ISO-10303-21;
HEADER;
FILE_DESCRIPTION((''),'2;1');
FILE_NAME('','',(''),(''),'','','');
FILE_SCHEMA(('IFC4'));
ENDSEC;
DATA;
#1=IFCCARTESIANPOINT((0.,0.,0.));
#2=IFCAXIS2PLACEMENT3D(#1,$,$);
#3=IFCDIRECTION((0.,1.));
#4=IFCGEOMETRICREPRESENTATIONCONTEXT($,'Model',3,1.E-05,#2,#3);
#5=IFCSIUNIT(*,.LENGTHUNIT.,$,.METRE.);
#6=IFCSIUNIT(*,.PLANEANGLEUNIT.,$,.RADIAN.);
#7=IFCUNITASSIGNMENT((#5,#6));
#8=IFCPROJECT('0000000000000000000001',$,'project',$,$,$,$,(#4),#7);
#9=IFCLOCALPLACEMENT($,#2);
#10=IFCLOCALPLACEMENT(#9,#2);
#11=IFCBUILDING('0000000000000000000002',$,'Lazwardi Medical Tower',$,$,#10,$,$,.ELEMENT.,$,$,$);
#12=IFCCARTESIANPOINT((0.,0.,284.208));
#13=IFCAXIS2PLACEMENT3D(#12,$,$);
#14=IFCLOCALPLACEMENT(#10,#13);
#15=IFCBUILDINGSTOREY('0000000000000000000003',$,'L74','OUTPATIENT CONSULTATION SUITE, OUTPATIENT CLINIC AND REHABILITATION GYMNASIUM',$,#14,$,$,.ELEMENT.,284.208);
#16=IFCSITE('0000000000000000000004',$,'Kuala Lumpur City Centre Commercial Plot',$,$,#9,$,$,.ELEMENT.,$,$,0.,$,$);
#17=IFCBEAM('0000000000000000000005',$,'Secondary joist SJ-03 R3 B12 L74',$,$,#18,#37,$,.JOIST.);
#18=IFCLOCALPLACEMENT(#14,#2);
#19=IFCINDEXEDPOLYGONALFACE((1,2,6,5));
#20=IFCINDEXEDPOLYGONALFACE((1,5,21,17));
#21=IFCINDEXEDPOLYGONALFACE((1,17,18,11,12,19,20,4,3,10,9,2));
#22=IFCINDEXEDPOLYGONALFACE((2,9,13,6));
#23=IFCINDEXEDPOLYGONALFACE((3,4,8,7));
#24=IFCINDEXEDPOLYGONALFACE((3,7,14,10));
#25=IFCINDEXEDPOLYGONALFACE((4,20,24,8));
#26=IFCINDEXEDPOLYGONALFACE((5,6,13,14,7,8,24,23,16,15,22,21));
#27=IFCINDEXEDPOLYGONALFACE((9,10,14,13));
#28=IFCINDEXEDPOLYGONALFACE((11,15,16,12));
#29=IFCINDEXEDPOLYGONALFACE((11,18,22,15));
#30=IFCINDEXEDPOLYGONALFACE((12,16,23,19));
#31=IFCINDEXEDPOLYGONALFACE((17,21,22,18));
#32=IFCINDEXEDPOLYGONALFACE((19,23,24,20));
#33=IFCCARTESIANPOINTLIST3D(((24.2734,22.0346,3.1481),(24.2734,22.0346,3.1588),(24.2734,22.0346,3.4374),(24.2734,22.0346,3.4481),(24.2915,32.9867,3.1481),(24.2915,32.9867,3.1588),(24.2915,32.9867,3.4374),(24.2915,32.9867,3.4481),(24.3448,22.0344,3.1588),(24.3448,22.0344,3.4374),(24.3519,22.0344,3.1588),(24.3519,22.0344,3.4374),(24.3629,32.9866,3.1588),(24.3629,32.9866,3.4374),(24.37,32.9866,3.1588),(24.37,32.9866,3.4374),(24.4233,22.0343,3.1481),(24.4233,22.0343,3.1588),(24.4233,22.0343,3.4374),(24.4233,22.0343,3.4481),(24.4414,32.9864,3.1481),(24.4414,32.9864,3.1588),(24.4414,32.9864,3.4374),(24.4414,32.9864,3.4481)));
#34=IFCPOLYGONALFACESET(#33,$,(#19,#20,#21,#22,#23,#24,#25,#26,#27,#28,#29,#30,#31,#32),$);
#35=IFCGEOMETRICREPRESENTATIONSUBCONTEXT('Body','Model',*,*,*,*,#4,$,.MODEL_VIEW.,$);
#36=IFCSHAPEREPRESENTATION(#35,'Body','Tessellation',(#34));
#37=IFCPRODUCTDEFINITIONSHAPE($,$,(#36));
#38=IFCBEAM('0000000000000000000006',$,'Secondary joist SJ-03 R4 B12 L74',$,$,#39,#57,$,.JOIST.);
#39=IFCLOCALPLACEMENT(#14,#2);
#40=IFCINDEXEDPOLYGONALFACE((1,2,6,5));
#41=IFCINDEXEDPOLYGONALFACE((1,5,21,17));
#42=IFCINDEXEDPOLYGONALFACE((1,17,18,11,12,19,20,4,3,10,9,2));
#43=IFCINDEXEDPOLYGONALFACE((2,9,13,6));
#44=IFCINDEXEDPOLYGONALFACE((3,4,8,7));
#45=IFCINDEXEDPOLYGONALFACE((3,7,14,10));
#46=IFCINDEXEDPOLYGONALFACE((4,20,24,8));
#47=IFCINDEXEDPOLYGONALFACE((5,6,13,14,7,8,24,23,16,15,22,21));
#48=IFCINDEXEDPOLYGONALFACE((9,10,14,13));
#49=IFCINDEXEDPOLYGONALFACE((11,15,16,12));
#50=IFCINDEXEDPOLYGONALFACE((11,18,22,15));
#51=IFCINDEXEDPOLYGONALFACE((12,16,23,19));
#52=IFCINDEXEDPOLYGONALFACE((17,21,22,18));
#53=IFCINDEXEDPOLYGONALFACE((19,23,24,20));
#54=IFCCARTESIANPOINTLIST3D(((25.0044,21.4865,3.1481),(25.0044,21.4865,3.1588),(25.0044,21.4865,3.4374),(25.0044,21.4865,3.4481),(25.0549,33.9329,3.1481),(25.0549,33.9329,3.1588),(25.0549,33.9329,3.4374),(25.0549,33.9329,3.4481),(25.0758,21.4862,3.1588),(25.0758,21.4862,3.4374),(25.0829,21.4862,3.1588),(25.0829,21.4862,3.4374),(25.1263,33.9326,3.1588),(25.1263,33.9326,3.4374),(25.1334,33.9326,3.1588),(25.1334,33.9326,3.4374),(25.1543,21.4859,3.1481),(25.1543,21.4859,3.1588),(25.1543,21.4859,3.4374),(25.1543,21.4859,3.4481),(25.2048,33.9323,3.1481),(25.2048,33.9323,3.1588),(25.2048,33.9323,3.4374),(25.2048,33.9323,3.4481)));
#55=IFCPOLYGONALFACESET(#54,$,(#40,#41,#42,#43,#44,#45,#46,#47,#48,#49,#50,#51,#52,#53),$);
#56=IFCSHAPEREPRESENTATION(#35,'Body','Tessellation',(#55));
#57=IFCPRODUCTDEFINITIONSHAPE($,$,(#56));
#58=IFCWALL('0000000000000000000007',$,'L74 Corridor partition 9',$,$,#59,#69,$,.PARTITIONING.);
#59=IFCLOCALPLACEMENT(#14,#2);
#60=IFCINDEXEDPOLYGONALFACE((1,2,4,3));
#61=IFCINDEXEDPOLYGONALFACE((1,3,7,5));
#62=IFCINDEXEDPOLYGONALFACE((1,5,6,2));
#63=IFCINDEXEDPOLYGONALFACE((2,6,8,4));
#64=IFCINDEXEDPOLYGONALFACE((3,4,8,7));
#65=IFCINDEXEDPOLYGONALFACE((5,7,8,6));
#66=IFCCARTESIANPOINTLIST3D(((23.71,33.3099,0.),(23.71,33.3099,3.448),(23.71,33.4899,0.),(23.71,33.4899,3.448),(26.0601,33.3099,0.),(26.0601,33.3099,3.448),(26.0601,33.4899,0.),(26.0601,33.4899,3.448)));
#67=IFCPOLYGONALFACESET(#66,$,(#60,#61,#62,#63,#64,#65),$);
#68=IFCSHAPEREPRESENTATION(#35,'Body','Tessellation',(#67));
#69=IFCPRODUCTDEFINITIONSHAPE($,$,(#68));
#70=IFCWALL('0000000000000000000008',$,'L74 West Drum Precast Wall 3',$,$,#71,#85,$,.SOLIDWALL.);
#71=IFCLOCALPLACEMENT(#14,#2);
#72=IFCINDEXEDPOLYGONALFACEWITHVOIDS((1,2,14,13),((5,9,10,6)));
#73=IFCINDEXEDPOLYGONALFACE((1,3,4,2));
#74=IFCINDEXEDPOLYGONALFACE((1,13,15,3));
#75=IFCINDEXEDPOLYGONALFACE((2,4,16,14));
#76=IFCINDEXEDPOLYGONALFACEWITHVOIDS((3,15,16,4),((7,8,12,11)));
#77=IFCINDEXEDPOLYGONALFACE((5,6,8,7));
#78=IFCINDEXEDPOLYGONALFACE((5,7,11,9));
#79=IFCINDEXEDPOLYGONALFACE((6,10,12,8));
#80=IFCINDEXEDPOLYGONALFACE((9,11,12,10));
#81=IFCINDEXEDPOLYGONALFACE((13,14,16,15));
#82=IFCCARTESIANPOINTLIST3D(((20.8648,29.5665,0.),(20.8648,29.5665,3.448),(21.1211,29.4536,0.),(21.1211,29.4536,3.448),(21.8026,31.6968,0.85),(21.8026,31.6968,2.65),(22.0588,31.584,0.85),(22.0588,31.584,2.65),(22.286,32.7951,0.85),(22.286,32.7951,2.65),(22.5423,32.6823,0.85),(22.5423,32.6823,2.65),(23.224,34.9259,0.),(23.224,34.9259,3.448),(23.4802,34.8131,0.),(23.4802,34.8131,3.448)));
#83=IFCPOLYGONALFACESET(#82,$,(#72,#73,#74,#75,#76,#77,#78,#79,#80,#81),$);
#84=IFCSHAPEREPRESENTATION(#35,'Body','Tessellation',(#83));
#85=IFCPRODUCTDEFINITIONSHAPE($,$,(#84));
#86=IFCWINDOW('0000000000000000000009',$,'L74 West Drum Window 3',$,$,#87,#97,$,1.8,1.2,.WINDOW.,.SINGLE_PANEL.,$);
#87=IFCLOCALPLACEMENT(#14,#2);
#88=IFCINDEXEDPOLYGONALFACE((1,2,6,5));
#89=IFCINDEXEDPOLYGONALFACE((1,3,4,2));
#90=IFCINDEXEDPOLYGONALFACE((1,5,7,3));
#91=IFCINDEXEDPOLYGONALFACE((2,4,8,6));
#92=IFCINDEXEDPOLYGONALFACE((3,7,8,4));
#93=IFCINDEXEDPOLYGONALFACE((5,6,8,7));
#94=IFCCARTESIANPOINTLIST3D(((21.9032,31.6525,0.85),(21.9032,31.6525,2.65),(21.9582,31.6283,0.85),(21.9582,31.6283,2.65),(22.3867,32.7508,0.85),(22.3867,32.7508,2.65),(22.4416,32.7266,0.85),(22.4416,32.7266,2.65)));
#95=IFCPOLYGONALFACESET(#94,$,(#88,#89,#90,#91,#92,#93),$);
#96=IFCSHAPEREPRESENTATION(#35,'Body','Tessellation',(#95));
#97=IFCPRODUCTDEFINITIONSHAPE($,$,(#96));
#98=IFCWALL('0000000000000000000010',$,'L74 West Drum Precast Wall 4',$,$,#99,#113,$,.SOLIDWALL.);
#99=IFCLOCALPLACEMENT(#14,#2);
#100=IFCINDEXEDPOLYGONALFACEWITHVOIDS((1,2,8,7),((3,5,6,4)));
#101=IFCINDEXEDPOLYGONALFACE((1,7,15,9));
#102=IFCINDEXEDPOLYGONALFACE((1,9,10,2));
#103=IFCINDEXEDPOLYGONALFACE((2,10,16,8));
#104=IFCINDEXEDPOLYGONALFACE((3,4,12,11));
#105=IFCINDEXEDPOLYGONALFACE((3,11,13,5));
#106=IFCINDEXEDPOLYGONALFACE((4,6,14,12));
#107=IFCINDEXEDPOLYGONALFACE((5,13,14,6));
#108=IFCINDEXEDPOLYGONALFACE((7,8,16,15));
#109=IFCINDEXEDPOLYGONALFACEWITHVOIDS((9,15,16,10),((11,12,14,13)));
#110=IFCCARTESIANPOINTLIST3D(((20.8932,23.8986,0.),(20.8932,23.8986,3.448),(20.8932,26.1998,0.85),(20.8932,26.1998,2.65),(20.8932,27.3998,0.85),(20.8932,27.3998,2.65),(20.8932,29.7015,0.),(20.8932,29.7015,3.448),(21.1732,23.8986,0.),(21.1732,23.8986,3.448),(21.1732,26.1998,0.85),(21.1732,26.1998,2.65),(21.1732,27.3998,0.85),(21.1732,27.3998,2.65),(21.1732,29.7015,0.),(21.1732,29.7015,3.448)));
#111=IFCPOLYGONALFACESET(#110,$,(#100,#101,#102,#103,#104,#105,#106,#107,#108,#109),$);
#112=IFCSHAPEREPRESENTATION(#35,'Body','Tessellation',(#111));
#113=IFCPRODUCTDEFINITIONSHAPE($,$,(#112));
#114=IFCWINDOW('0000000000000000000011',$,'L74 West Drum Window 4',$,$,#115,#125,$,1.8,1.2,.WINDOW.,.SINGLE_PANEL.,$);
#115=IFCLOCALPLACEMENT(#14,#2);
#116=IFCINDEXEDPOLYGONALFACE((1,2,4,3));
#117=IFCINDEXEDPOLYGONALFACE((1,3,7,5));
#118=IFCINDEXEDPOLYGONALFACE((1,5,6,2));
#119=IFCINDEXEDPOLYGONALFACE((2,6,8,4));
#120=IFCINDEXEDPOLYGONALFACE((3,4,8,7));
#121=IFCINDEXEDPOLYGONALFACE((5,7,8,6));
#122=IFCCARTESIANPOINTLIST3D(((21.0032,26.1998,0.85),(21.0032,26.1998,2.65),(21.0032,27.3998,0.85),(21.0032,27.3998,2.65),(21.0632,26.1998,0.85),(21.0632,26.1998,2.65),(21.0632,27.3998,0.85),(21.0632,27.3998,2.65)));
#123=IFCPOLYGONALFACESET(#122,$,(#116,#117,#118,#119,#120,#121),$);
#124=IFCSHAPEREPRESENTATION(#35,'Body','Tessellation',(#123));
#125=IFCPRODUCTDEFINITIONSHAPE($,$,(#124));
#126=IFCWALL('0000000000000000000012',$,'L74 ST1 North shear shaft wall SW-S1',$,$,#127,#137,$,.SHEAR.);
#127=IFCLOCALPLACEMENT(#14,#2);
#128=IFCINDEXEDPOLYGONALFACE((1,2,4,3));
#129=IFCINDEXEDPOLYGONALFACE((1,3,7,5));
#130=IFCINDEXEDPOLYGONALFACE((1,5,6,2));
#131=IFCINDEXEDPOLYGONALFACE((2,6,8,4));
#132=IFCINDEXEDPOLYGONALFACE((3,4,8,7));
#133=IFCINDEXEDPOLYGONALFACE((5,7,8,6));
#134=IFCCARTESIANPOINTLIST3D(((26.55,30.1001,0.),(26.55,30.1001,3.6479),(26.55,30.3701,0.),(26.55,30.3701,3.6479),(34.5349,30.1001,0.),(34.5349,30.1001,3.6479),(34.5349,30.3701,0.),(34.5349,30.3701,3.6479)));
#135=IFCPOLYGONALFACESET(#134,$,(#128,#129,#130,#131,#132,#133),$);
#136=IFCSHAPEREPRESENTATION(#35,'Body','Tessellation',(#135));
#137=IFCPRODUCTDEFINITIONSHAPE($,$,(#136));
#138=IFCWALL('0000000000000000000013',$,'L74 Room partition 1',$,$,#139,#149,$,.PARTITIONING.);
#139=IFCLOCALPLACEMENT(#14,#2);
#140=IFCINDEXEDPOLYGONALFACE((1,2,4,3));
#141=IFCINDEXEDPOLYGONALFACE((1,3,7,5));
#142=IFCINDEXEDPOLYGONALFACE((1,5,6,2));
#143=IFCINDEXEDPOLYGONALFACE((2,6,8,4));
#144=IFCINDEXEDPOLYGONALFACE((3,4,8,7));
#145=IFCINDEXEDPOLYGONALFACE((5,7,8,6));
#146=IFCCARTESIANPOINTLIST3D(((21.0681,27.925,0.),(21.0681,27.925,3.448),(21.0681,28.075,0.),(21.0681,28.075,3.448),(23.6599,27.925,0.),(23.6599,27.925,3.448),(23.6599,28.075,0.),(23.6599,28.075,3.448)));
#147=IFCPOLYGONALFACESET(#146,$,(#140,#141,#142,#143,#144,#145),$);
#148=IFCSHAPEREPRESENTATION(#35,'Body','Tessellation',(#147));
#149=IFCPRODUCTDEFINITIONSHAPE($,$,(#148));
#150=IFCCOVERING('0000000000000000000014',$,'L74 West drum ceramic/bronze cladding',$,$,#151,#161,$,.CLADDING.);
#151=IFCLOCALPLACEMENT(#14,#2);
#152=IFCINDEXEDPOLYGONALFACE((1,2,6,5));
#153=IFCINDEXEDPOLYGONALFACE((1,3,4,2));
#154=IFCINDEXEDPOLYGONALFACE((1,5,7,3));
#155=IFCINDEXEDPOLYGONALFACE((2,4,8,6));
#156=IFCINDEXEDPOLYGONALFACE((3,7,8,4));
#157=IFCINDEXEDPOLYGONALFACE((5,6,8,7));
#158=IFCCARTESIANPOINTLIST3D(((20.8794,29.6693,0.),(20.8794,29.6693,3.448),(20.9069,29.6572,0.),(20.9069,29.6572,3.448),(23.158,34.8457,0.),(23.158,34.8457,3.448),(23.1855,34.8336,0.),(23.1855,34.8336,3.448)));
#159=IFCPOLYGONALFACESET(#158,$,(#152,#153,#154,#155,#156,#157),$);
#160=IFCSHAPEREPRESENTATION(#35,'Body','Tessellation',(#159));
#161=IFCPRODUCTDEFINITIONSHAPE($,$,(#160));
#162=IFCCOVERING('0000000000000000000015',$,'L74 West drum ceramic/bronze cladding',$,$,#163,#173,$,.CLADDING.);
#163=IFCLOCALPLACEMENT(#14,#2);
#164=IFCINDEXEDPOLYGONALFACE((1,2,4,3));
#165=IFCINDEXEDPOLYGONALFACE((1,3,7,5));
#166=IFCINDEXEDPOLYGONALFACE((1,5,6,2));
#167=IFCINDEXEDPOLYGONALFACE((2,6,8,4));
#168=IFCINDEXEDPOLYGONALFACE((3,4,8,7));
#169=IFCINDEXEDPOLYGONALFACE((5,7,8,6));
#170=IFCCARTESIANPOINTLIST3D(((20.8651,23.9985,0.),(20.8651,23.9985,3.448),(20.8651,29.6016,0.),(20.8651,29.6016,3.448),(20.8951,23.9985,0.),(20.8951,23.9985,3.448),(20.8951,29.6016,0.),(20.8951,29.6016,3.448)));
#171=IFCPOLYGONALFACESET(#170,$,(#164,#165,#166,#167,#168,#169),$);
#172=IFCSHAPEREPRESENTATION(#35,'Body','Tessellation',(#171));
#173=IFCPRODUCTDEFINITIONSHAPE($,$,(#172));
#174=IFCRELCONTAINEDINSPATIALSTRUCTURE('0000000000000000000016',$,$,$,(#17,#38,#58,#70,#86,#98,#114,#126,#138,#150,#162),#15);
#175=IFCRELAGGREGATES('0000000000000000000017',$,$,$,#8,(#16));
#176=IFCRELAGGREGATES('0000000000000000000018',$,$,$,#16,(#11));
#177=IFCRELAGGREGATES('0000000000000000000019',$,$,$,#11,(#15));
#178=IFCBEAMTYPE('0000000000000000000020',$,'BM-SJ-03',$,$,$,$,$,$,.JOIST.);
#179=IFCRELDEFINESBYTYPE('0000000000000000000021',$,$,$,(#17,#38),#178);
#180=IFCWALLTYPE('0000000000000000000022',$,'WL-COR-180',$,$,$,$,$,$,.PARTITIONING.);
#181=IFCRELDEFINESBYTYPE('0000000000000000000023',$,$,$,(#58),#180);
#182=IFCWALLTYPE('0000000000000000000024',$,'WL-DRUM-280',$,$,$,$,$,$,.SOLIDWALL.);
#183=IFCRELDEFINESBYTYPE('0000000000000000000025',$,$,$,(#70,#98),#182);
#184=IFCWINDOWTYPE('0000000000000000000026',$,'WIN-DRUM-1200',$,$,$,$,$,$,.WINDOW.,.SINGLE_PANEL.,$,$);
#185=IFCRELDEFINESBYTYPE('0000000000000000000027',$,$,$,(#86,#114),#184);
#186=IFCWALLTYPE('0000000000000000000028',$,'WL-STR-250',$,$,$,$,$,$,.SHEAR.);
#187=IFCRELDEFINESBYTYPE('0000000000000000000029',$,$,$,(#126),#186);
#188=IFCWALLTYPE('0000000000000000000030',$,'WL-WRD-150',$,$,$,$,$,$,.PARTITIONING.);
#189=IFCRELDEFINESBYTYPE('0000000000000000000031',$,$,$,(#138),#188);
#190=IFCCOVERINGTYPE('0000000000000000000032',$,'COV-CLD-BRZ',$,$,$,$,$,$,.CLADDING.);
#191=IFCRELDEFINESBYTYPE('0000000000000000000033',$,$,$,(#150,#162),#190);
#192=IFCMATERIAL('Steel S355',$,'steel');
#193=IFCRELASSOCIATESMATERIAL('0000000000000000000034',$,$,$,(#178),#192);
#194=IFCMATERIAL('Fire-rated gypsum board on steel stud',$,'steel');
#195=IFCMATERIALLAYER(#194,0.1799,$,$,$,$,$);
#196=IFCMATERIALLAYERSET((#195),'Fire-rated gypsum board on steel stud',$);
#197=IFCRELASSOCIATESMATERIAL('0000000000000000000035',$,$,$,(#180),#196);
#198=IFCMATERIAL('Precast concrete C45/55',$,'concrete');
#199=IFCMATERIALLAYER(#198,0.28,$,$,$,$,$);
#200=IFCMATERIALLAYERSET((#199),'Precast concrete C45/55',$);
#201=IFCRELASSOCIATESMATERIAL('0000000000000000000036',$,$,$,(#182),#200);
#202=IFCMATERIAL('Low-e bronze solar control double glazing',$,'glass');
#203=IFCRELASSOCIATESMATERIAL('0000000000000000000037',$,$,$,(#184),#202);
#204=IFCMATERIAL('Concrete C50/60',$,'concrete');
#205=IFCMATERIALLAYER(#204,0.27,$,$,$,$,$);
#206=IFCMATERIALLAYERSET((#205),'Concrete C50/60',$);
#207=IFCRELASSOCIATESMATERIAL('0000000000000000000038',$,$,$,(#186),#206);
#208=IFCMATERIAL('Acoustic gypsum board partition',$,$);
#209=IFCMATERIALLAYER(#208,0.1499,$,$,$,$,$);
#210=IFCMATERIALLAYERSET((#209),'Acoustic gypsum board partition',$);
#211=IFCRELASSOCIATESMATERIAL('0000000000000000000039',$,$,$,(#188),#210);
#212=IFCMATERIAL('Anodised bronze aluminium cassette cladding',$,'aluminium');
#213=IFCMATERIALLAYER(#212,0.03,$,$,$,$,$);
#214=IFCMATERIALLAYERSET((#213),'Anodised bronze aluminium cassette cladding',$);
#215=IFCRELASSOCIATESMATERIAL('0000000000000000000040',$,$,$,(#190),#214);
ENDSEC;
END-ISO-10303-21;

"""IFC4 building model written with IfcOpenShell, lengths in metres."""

from ifc_helpers import new_model, si_unit, direction, frame, frame_2d, origin, origin_2d, place, context, subcontext, project, spatial, rectangle, i_section, extrude, material, layer, layer_set, material_profile, profile_set, type_object, element, fill, save


model = new_model("IFC4")

# Units and contexts
model_context = context("Model", 3, precision=1e-05, world=origin(), true_north=direction((0.0, 1.0)))
body_context = subcontext(model_context, "Body", "Model", "MODEL_VIEW")
ifc_project = project(units=[si_unit("LENGTHUNIT", "METRE"), si_unit("PLANEANGLEUNIT", "RADIAN")], contexts=[model_context])

# Site, building, storey
site_placement = place(None, origin())
site = spatial("IfcSite", under=ifc_project, at=site_placement, Name="Kuala Lumpur City Centre Commercial Plot", CompositionType="ELEMENT", RefElevation=0.0)
building_placement = place(site_placement, origin())
building = spatial("IfcBuilding", under=site, at=building_placement, Name="Lazwardi Medical Tower", CompositionType="ELEMENT")
storey_placement = place(building_placement, frame((0.0, 0.0, 284.208)))
storey = spatial("IfcBuildingStorey", under=building, at=storey_placement, Name="L74", Description="OUTPATIENT CONSULTATION SUITE, OUTPATIENT CLINIC AND REHABILITATION GYMNASIUM", CompositionType="ELEMENT", Elevation=284.208)

# Beams
ifc_material_1 = material(Name="Steel S355", Category="steel")
ifc_material_profile_1 = material_profile(ifc_material_1, i_section(OverallWidth=0.1499, OverallDepth=0.3, WebThickness=0.0071, FlangeThickness=0.0107, at=origin_2d()), Name="IPE 300")
ifc_profile_set_1 = profile_set([ifc_material_profile_1], Name="Steel S355")
beam_type_1 = type_object("IfcBeamType", Name="BM-SJ-03", PredefinedType="JOIST", material=ifc_profile_set_1)
beam_1_placement = place(storey_placement, frame((24.3665, 32.9866, 3.2981), z_axis=(-0.00165, -0.999999, 0.0), x_axis=(0.999999, -0.00165, 0.0)))
element("IfcBeam", 1, at=beam_1_placement, inside=storey, type_object=beam_type_1, Name="Secondary joist SJ-03 R3 B12 L74", PredefinedType="JOIST", context=body_context, shape_type="SweptSolid", body=[
    extrude(i_section(OverallWidth=0.1499, OverallDepth=0.3, WebThickness=0.0071, FlangeThickness=0.0107, at=origin_2d()), origin(), (0.0, 0.0, 1.0), 10.9521),
])
beam_2_placement = place(storey_placement, frame((25.1299, 33.9326, 3.2981), z_axis=(-0.00406, -0.999992, 0.0), x_axis=(0.999992, -0.00406, 0.0)))
element("IfcBeam", 2, at=beam_2_placement, inside=storey, type_object=beam_type_1, Name="Secondary joist SJ-03 R4 B12 L74", PredefinedType="JOIST", context=body_context, shape_type="SweptSolid", body=[
    extrude(i_section(OverallWidth=0.1499, OverallDepth=0.3, WebThickness=0.0071, FlangeThickness=0.0107, at=origin_2d()), origin(), (0.0, 0.0, 1.0), 12.4465),
])

# Wall
ifc_material_2 = material(Name="Fire-rated gypsum board on steel stud", Category="steel")
ifc_layer_1 = layer(ifc_material_2, 0.1799)
ifc_layer_set_1 = layer_set([ifc_layer_1], Name="Fire-rated gypsum board on steel stud")
wall_type_1 = type_object("IfcWallType", Name="WL-COR-180", PredefinedType="PARTITIONING", material=ifc_layer_set_1)
wall_1_placement = place(storey_placement, frame((23.71, 33.3999, 0.0), z_axis=(0.0, 0.0, 1.0), x_axis=(1.0, 0.0, 0.0)))
element("IfcWall", 3, at=wall_1_placement, inside=storey, type_object=wall_type_1, Name="L74 Corridor partition 9", PredefinedType="PARTITIONING", context=body_context, shape_type="SweptSolid", body=[
    extrude(rectangle(XDim=2.3501, YDim=0.1799, at=frame_2d((1.175, 0.0))), origin(), (0.0, 0.0, 1.0), 3.448),
])

# Walls, openings, windows
ifc_material_3 = material(Name="Precast concrete C45/55", Category="concrete")
ifc_layer_2 = layer(ifc_material_3, 0.28)
ifc_layer_set_2 = layer_set([ifc_layer_2], Name="Precast concrete C45/55")
wall_type_2 = type_object("IfcWallType", Name="WL-DRUM-280", PredefinedType="SOLIDWALL", material=ifc_layer_set_2)
wall_2_placement = place(storey_placement, frame((23.3521, 34.8694, 0.0), z_axis=(0.0, 0.0, 1.0), x_axis=(-0.402883, -0.915252, 0.0)))
wall_2 = element("IfcWall", 4, at=wall_2_placement, inside=storey, type_object=wall_type_2, Name="L74 West Drum Precast Wall 3", PredefinedType="SOLIDWALL", context=body_context, shape_type="SweptSolid", body=[
    extrude(rectangle(XDim=5.8557, YDim=0.28, at=frame_2d((2.9277, 0.0))), origin(), (0.0, 0.0, 1.0), 3.448),
])
opening_1_placement = place(wall_2_placement, frame((2.3279, 0.0, 0.8501)))
opening_1 = element("IfcOpeningElement", 5, at=opening_1_placement, cuts=wall_2, PredefinedType="OPENING", context=body_context, shape_type="SweptSolid", body=[
    extrude(rectangle(XDim=1.2, YDim=1.8, at=frame_2d((0.6001, 0.8999))), frame((0.0, 0.1499, 0.0), z_axis=(0.0, -1.0, 0.0), x_axis=(1.0, 0.0, 0.0)), (0.0, 0.0, 1.0), 0.3),
])
ifc_material_4 = material(Name="Low-e bronze solar control double glazing", Category="glass")
window_type = type_object("IfcWindowType", Name="WIN-DRUM-1200", PartitioningType="SINGLE_PANEL", PredefinedType="WINDOW", material=ifc_material_4)
window_1_placement = place(opening_1_placement, origin())
window_1 = element("IfcWindow", 6, at=window_1_placement, inside=storey, type_object=window_type, Name="L74 West Drum Window 3", OverallHeight=1.8, OverallWidth=1.2, PartitioningType="SINGLE_PANEL", PredefinedType="WINDOW", context=body_context, shape_type="SweptSolid", body=[
    extrude(rectangle(XDim=1.2, YDim=1.8, at=frame_2d((0.6001, 0.8999))), frame((0.0, 0.03, 0.0), z_axis=(0.0, -1.0, 0.0), x_axis=(1.0, 0.0, 0.0)), (0.0, 0.0, 1.0), 0.0601),
])
fill(opening_1, window_1)
wall_3_placement = place(storey_placement, frame((21.0332, 29.7014, 0.0), z_axis=(0.0, 0.0, 1.0), x_axis=(0.0, -1.0, 0.0)))
wall_3 = element("IfcWall", 7, at=wall_3_placement, inside=storey, type_object=wall_type_2, Name="L74 West Drum Precast Wall 4", PredefinedType="SOLIDWALL", context=body_context, shape_type="SweptSolid", body=[
    extrude(rectangle(XDim=5.803, YDim=0.28, at=frame_2d((2.9014, 0.0))), origin(), (0.0, 0.0, 1.0), 3.448),
])
opening_2_placement = place(wall_3_placement, frame((2.3015, 0.0, 0.8501)))
opening_2 = element("IfcOpeningElement", 8, at=opening_2_placement, cuts=wall_3, PredefinedType="OPENING", context=body_context, shape_type="SweptSolid", body=[
    extrude(rectangle(XDim=1.2, YDim=1.8, at=frame_2d((0.6001, 0.8999))), frame((0.0, 0.1499, 0.0), z_axis=(0.0, -1.0, 0.0), x_axis=(1.0, 0.0, 0.0)), (0.0, 0.0, 1.0), 0.3),
])
window_2_placement = place(opening_2_placement, origin())
window_2 = element("IfcWindow", 9, at=window_2_placement, inside=storey, type_object=window_type, Name="L74 West Drum Window 4", OverallHeight=1.8, OverallWidth=1.2, PartitioningType="SINGLE_PANEL", PredefinedType="WINDOW", context=body_context, shape_type="SweptSolid", body=[
    extrude(rectangle(XDim=1.2, YDim=1.8, at=frame_2d((0.6001, 0.8999))), frame((0.0, 0.03, 0.0), z_axis=(0.0, -1.0, 0.0), x_axis=(1.0, 0.0, 0.0)), (0.0, 0.0, 1.0), 0.0601),
])
fill(opening_2, window_2)

# Walls
ifc_material_5 = material(Name="Concrete C50/60", Category="concrete")
ifc_layer_3 = layer(ifc_material_5, 0.27)
ifc_layer_set_3 = layer_set([ifc_layer_3], Name="Concrete C50/60")
wall_type_3 = type_object("IfcWallType", Name="WL-STR-250", PredefinedType="SHEAR", material=ifc_layer_set_3)
wall_4_placement = place(storey_placement, frame((26.55, 30.2351, 0.0), z_axis=(0.0, 0.0, 1.0), x_axis=(1.0, 0.0, 0.0)))
element("IfcWall", 10, at=wall_4_placement, inside=storey, type_object=wall_type_3, Name="L74 ST1 North shear shaft wall SW-S1", PredefinedType="SHEAR", context=body_context, shape_type="SweptSolid", body=[
    extrude(rectangle(XDim=7.9849, YDim=0.27, at=frame_2d((3.9924, 0.0))), origin(), (0.0, 0.0, 1.0), 3.6479),
])
ifc_material_6 = material(Name="Acoustic gypsum board partition")
ifc_layer_4 = layer(ifc_material_6, 0.1499)
ifc_layer_set_4 = layer_set([ifc_layer_4], Name="Acoustic gypsum board partition")
wall_type_4 = type_object("IfcWallType", Name="WL-WRD-150", PredefinedType="PARTITIONING", material=ifc_layer_set_4)
wall_5_placement = place(storey_placement, frame((21.0681, 28.0, 0.0), z_axis=(0.0, 0.0, 1.0), x_axis=(1.0, 0.0, 0.0)))
element("IfcWall", 11, at=wall_5_placement, inside=storey, type_object=wall_type_4, Name="L74 Room partition 1", PredefinedType="PARTITIONING", context=body_context, shape_type="SweptSolid", body=[
    extrude(rectangle(XDim=2.5918, YDim=0.1499, at=frame_2d((1.2959, 0.0))), origin(), (0.0, 0.0, 1.0), 3.448),
])

# Coverings
ifc_material_7 = material(Name="Anodised bronze aluminium cassette cladding", Category="aluminium")
ifc_layer_5 = layer(ifc_material_7, 0.03)
ifc_layer_set_5 = layer_set([ifc_layer_5], Name="Anodised bronze aluminium cassette cladding")
covering_type = type_object("IfcCoveringType", Name="COV-CLD-BRZ", PredefinedType="CLADDING", material=ifc_layer_set_5)
covering_1_placement = place(storey_placement, frame((22.0325, 32.2515, 0.0), z_axis=(0.0, 0.0, 1.0), x_axis=(-0.402878, -0.915254, 0.0)))
element("IfcCovering", 12, at=covering_1_placement, inside=storey, type_object=covering_type, Name="L74 West drum ceramic/bronze cladding", PredefinedType="CLADDING", context=body_context, shape_type="SweptSolid", body=[
    extrude(rectangle(XDim=5.6558, YDim=0.03, at=origin_2d()), origin(), (0.0, 0.0, 1.0), 3.448),
])
covering_2_placement = place(storey_placement, frame((20.8801, 26.8, 0.0), z_axis=(0.0, 0.0, 1.0), x_axis=(0.0, -1.0, 0.0)))
element("IfcCovering", 13, at=covering_2_placement, inside=storey, type_object=covering_type, Name="L74 West drum ceramic/bronze cladding", PredefinedType="CLADDING", context=body_context, shape_type="SweptSolid", body=[
    extrude(rectangle(XDim=5.603, YDim=0.03, at=origin_2d()), origin(), (0.0, 0.0, 1.0), 3.448),
])

save(model, "model.ifc")
